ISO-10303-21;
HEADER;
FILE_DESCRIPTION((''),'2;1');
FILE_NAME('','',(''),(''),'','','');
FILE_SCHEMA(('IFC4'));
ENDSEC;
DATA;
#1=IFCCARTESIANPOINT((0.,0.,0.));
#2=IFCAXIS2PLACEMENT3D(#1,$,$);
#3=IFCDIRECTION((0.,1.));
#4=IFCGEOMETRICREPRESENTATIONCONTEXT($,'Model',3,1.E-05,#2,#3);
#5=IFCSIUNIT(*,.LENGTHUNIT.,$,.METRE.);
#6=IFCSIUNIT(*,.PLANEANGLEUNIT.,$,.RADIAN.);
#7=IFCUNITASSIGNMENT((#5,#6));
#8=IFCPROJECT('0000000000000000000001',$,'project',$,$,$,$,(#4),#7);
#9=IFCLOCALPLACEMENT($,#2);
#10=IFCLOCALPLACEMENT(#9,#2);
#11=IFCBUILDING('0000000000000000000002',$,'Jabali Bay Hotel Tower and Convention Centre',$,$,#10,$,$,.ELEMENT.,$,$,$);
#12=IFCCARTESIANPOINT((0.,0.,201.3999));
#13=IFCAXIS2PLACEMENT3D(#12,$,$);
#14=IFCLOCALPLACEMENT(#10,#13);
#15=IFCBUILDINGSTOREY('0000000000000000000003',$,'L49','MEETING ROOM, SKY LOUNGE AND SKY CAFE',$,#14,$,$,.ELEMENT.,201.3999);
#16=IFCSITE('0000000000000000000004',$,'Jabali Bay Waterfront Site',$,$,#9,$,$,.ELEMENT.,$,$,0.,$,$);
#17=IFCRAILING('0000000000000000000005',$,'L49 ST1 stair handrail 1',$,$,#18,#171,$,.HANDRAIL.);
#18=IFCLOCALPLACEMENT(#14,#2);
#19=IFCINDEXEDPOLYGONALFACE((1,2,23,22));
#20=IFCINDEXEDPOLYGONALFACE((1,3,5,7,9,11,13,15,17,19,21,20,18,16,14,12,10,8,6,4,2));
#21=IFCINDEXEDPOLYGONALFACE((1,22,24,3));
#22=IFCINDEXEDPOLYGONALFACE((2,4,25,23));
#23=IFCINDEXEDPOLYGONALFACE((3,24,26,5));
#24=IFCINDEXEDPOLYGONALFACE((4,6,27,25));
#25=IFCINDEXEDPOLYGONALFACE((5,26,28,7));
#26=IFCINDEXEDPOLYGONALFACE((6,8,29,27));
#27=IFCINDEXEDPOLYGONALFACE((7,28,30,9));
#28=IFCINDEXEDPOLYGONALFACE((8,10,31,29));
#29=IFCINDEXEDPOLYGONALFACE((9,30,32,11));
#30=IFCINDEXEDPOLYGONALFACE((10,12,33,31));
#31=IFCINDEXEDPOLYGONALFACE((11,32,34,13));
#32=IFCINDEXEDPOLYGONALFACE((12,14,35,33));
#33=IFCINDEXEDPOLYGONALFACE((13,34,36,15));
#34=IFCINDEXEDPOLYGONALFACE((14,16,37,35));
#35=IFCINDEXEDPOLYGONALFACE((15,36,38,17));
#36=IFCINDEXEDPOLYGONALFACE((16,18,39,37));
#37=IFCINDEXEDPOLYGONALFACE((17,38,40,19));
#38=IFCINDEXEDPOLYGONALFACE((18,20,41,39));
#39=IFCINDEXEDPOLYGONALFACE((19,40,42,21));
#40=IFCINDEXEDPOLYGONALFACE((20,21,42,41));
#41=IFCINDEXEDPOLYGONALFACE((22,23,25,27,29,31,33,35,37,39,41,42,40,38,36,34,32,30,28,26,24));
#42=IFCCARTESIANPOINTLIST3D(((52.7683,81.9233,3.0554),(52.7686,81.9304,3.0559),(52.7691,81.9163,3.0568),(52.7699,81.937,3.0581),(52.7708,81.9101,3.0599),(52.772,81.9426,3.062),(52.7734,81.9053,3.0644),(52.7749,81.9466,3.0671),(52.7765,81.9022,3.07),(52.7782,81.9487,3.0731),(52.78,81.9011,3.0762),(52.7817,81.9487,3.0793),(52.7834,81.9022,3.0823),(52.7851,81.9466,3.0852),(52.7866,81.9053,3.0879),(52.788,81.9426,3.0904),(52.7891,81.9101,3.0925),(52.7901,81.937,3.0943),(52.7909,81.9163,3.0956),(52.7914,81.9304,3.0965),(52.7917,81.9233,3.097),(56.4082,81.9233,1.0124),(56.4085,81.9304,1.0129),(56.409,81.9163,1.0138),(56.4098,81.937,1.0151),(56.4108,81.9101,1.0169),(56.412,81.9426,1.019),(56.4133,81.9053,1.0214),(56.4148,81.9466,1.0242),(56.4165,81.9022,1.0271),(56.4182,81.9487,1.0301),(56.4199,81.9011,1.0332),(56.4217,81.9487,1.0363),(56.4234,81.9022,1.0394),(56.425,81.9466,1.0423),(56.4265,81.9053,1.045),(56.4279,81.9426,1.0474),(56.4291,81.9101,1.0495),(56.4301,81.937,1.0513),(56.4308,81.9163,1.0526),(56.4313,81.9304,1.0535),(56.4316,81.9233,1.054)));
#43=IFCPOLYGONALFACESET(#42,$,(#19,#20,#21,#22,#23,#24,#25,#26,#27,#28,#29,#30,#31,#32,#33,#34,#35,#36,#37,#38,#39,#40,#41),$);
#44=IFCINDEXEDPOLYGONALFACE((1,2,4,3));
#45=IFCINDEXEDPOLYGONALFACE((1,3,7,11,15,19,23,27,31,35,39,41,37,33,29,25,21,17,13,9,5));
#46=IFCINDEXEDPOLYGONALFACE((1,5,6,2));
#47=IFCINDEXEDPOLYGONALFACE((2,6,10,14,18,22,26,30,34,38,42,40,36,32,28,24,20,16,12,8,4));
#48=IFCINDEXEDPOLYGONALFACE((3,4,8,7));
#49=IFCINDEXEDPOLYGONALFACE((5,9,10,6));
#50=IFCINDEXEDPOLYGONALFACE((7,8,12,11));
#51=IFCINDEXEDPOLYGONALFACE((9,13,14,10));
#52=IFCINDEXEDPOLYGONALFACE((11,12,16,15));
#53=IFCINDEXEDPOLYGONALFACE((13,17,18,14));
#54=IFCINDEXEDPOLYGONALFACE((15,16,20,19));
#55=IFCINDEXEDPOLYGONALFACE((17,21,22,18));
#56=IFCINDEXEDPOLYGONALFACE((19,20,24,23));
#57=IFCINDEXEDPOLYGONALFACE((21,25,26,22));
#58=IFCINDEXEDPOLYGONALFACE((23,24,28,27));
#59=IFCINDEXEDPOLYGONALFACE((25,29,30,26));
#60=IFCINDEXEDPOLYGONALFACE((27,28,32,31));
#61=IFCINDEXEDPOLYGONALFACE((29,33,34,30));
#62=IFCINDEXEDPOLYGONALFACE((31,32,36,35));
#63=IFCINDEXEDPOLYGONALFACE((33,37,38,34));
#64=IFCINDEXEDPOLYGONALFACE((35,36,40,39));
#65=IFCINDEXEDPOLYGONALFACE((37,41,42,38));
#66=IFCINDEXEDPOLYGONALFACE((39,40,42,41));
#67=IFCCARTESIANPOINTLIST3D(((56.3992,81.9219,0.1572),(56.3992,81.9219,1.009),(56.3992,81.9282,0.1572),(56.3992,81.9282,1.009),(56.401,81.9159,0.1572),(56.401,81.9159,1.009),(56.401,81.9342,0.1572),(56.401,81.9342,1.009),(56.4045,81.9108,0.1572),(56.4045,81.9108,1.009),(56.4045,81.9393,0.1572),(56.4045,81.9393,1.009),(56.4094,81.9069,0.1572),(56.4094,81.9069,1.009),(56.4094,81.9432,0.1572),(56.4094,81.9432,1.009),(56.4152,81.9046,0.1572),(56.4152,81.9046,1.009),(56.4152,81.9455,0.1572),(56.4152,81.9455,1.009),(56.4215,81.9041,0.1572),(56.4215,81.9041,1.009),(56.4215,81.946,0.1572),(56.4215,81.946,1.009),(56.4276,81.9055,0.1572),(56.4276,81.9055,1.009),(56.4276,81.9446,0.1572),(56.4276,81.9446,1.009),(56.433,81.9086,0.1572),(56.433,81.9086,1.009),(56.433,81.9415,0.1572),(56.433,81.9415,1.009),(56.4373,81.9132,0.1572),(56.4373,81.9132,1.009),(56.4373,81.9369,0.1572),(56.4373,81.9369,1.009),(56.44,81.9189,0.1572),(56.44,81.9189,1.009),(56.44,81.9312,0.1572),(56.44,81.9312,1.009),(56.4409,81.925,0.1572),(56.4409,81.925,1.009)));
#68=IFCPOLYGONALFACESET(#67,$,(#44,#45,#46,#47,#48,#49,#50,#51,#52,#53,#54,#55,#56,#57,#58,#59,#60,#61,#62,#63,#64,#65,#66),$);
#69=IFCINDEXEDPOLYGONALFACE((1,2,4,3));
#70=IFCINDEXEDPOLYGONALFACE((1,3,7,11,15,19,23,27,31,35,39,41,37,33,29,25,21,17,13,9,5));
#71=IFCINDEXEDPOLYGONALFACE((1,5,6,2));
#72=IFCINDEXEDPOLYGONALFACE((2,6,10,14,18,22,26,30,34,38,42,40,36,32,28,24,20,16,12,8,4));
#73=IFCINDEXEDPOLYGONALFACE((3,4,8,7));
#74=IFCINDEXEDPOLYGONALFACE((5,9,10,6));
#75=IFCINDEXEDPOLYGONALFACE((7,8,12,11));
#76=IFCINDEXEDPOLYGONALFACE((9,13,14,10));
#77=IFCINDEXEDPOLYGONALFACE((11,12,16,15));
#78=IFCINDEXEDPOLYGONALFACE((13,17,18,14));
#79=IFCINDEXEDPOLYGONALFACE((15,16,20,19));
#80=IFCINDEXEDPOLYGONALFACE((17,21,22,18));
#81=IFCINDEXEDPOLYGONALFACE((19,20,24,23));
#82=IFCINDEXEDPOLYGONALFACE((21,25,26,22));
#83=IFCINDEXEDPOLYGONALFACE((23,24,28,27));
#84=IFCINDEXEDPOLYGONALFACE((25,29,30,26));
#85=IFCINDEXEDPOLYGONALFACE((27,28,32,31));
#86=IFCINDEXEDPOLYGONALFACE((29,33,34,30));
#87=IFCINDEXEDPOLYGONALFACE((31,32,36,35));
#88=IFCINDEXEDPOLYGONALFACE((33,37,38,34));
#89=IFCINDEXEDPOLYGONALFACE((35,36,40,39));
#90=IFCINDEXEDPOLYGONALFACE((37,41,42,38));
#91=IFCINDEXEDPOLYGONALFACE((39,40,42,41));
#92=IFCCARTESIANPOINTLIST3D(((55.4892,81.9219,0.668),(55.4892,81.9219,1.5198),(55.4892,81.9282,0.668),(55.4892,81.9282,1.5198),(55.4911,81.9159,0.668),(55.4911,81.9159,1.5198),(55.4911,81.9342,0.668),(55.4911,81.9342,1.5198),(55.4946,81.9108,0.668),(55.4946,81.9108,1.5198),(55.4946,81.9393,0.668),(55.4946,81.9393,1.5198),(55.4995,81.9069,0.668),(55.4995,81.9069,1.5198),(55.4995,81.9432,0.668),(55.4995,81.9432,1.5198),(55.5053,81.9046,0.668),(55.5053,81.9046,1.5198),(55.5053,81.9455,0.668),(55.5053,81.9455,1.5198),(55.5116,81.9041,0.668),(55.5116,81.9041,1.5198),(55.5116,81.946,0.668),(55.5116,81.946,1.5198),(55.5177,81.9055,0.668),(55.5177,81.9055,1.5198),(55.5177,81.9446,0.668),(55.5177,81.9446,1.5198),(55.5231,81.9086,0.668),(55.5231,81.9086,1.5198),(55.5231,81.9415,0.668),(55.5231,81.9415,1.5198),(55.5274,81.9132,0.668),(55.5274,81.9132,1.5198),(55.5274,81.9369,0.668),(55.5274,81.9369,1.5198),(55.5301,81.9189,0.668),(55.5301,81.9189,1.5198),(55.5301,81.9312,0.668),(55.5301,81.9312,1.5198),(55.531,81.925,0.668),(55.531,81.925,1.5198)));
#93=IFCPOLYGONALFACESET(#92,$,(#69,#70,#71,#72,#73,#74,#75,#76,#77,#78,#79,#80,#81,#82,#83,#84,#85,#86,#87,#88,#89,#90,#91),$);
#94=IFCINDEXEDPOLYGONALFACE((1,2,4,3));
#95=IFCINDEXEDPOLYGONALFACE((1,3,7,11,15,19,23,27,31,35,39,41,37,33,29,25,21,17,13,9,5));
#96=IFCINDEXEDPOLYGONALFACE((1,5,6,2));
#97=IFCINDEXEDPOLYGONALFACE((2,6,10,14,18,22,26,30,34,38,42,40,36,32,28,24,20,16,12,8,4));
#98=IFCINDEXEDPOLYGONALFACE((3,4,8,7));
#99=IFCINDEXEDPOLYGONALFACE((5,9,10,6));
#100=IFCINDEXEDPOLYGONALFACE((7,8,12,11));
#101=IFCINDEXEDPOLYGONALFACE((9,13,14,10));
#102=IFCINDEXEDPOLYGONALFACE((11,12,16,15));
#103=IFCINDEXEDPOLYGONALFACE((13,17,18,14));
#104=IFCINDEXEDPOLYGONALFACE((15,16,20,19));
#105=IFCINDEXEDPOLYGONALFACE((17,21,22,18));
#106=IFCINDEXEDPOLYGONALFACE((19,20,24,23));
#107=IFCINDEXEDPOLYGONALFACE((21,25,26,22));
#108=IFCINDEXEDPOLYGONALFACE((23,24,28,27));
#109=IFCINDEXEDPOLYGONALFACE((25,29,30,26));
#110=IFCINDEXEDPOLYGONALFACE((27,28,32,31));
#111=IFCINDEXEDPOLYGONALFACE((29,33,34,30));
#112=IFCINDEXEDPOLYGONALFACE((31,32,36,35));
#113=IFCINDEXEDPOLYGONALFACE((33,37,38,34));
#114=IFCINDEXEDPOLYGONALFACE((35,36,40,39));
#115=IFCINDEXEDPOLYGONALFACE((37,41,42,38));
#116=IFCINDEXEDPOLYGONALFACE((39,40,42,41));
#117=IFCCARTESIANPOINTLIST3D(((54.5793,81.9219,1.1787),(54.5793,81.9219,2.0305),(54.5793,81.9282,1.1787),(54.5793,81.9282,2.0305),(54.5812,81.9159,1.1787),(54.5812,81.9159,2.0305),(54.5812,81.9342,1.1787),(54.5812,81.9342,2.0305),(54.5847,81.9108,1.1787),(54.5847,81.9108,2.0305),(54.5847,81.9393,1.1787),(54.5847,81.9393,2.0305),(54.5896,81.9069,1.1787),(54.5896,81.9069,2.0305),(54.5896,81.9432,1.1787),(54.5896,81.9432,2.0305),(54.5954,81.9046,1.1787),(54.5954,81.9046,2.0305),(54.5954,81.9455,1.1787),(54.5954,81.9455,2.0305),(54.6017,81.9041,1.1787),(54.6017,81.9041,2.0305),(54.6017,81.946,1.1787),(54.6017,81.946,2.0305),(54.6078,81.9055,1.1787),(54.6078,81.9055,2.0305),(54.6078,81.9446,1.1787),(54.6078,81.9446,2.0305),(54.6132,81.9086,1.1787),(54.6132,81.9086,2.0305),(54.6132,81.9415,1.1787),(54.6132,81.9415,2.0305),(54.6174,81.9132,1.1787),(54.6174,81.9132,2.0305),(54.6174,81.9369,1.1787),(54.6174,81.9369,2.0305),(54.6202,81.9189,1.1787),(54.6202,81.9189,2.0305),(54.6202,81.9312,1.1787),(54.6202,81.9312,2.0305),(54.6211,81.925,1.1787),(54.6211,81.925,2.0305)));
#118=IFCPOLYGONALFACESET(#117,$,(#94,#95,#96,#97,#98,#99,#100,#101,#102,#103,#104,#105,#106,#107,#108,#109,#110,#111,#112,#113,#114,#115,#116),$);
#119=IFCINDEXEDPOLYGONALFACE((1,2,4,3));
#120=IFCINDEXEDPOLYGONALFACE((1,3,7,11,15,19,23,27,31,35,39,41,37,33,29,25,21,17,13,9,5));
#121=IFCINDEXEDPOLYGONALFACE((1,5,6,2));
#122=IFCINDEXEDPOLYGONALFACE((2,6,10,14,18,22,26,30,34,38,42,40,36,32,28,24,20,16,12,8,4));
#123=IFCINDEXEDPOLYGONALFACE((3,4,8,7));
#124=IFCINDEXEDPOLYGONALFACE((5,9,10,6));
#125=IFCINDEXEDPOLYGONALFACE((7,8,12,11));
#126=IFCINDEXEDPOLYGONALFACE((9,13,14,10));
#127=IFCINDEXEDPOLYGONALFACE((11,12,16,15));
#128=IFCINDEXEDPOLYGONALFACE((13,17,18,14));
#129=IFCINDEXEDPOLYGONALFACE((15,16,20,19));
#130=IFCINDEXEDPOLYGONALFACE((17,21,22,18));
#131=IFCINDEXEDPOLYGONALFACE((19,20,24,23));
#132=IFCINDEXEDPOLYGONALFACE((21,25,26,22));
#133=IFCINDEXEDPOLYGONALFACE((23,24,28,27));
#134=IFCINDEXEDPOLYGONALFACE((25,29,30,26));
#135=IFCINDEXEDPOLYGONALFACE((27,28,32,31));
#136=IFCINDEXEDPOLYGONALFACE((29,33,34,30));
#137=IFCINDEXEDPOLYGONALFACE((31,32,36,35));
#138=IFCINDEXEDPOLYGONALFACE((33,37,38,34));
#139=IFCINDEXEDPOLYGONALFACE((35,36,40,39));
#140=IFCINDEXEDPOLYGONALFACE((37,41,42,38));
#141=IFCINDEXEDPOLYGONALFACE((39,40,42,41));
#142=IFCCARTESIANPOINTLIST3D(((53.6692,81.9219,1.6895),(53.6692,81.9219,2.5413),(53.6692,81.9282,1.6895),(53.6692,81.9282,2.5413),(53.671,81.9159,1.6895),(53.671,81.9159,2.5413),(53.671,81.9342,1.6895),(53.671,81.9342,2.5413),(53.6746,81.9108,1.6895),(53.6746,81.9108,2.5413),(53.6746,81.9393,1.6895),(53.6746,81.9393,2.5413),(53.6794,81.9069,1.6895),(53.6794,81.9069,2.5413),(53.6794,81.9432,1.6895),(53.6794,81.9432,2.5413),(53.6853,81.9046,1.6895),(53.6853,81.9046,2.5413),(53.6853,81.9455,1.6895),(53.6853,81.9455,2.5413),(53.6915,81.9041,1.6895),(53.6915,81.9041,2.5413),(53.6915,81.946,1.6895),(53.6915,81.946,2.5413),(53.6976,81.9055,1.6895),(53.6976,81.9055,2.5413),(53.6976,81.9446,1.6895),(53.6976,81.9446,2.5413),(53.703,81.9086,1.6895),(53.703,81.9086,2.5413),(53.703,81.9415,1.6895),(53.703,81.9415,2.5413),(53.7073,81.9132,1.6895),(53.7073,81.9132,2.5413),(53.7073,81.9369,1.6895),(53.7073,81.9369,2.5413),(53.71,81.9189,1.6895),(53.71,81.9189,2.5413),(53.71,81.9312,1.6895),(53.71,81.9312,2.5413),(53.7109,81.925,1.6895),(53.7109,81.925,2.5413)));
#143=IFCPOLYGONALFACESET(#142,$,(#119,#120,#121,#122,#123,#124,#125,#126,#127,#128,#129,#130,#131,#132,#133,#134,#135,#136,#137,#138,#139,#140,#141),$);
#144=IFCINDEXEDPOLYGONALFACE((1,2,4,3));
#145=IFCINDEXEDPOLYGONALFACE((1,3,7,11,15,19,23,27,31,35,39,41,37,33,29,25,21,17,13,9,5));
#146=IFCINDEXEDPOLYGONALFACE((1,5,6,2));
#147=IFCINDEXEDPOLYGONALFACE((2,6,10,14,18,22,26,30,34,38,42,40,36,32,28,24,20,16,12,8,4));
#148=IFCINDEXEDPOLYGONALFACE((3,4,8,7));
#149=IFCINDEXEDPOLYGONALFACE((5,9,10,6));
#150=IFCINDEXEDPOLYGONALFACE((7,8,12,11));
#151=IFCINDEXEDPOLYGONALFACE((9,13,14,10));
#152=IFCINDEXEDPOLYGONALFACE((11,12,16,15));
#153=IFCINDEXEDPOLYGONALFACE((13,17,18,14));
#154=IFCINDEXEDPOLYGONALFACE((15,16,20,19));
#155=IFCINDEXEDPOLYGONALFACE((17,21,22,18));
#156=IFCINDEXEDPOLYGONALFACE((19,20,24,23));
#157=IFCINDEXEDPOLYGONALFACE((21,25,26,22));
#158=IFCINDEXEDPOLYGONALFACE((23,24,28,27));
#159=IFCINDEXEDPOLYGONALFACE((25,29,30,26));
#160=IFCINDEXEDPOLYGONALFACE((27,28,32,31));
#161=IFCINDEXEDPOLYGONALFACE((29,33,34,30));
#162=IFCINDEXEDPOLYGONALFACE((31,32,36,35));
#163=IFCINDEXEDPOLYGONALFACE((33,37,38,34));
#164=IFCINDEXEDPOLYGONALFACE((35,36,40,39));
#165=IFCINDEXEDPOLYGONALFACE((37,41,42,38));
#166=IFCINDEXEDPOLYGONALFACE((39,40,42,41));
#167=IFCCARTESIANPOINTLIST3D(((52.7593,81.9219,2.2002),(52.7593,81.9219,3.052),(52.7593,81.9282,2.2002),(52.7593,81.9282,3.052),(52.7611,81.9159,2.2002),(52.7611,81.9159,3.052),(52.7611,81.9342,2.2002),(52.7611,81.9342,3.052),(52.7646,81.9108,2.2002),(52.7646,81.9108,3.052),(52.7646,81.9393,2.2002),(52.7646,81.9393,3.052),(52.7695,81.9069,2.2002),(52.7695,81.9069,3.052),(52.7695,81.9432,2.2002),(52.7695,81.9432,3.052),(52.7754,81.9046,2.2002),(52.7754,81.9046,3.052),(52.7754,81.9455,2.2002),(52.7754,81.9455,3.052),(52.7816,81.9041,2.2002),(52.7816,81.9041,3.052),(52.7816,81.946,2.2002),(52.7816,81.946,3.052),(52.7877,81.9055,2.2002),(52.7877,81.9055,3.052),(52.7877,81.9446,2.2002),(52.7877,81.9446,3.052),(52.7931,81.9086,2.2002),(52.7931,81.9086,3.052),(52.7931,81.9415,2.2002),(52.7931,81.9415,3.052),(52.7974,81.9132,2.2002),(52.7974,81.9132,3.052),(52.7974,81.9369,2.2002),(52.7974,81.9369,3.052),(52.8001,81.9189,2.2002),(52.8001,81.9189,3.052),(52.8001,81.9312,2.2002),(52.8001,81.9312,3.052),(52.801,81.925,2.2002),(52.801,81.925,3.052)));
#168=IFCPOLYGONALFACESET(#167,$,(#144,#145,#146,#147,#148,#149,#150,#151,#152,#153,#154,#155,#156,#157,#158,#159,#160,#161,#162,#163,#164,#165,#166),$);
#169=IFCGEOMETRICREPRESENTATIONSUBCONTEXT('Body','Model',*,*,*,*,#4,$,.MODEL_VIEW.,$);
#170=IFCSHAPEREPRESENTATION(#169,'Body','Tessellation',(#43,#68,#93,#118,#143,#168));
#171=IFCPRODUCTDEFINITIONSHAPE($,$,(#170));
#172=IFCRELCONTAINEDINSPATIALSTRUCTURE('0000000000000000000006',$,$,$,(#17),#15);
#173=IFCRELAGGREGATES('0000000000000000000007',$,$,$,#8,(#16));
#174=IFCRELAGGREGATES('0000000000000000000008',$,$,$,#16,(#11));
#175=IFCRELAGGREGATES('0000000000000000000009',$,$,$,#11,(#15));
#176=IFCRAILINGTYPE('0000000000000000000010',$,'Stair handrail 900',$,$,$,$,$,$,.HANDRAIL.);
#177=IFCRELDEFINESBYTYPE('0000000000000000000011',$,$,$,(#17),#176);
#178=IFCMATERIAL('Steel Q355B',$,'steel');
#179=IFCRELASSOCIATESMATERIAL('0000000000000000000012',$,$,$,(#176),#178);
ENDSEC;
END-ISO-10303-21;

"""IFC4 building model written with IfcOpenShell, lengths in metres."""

from ifc_helpers import new_model, si_unit, direction, frame, origin, origin_2d, place, context, subcontext, project, spatial, circle, extrude, material, type_object, element, save


model = new_model("IFC4")

# Units and contexts
model_context = context("Model", 3, precision=1e-05, world=origin(), true_north=direction((0.0, 1.0)))
body_context = subcontext(model_context, "Body", "Model", "MODEL_VIEW")
ifc_project = project(units=[si_unit("LENGTHUNIT", "METRE"), si_unit("PLANEANGLEUNIT", "RADIAN")], contexts=[model_context])

# Site, building, storey
site_placement = place(None, origin())
site = spatial("IfcSite", under=ifc_project, at=site_placement, Name="Jabali Bay Waterfront Site", CompositionType="ELEMENT", RefElevation=0.0)
building_placement = place(site_placement, origin())
building = spatial("IfcBuilding", under=site, at=building_placement, Name="Jabali Bay Hotel Tower and Convention Centre", CompositionType="ELEMENT")
storey_placement = place(building_placement, frame((0.0, 0.0, 201.3999)))
storey = spatial("IfcBuildingStorey", under=building, at=storey_placement, Name="L49", Description="MEETING ROOM, SKY LOUNGE AND SKY CAFE", CompositionType="ELEMENT", Elevation=201.3999)

# Railing
ifc_material_1 = material(Name="Steel Q355B", Category="steel")
railing_type_1 = type_object("IfcRailingType", Name="Stair handrail 900", PredefinedType="HANDRAIL", material=ifc_material_1)
railing_1_placement = place(storey_placement, frame((56.4199, 81.925, 0.1572)))
element("IfcRailing", 1, at=railing_1_placement, inside=storey, type_object=railing_type_1, Name="L49 ST1 stair handrail 1", PredefinedType="HANDRAIL", context=body_context, shape_type="SweptSolid", body=[
    extrude(circle(Radius=0.0239, at=origin_2d()), frame((0.0, 0.0, 0.876), z_axis=(-0.872033, 0.0, 0.489447), x_axis=(0.0, -1.0, 0.0)), (0.0, 0.0, 1.0), 4.1741),
    extrude(circle(Radius=0.021, at=origin_2d()), origin(), (0.0, 0.0, 1.0), 0.8518),
    extrude(circle(Radius=0.021, at=origin_2d()), frame((-0.9099, 0.0, 0.5107)), (0.0, 0.0, 1.0), 0.8518),
    extrude(circle(Radius=0.021, at=origin_2d()), frame((-1.8198, 0.0, 1.0215)), (0.0, 0.0, 1.0), 0.8518),
    extrude(circle(Radius=0.021, at=origin_2d()), frame((-2.73, 0.0, 1.5322)), (0.0, 0.0, 1.0), 0.8518),
    extrude(circle(Radius=0.021, at=origin_2d()), frame((-3.6399, 0.0, 2.043)), (0.0, 0.0, 1.0), 0.8518),
])

save(model, "model.ifc")
